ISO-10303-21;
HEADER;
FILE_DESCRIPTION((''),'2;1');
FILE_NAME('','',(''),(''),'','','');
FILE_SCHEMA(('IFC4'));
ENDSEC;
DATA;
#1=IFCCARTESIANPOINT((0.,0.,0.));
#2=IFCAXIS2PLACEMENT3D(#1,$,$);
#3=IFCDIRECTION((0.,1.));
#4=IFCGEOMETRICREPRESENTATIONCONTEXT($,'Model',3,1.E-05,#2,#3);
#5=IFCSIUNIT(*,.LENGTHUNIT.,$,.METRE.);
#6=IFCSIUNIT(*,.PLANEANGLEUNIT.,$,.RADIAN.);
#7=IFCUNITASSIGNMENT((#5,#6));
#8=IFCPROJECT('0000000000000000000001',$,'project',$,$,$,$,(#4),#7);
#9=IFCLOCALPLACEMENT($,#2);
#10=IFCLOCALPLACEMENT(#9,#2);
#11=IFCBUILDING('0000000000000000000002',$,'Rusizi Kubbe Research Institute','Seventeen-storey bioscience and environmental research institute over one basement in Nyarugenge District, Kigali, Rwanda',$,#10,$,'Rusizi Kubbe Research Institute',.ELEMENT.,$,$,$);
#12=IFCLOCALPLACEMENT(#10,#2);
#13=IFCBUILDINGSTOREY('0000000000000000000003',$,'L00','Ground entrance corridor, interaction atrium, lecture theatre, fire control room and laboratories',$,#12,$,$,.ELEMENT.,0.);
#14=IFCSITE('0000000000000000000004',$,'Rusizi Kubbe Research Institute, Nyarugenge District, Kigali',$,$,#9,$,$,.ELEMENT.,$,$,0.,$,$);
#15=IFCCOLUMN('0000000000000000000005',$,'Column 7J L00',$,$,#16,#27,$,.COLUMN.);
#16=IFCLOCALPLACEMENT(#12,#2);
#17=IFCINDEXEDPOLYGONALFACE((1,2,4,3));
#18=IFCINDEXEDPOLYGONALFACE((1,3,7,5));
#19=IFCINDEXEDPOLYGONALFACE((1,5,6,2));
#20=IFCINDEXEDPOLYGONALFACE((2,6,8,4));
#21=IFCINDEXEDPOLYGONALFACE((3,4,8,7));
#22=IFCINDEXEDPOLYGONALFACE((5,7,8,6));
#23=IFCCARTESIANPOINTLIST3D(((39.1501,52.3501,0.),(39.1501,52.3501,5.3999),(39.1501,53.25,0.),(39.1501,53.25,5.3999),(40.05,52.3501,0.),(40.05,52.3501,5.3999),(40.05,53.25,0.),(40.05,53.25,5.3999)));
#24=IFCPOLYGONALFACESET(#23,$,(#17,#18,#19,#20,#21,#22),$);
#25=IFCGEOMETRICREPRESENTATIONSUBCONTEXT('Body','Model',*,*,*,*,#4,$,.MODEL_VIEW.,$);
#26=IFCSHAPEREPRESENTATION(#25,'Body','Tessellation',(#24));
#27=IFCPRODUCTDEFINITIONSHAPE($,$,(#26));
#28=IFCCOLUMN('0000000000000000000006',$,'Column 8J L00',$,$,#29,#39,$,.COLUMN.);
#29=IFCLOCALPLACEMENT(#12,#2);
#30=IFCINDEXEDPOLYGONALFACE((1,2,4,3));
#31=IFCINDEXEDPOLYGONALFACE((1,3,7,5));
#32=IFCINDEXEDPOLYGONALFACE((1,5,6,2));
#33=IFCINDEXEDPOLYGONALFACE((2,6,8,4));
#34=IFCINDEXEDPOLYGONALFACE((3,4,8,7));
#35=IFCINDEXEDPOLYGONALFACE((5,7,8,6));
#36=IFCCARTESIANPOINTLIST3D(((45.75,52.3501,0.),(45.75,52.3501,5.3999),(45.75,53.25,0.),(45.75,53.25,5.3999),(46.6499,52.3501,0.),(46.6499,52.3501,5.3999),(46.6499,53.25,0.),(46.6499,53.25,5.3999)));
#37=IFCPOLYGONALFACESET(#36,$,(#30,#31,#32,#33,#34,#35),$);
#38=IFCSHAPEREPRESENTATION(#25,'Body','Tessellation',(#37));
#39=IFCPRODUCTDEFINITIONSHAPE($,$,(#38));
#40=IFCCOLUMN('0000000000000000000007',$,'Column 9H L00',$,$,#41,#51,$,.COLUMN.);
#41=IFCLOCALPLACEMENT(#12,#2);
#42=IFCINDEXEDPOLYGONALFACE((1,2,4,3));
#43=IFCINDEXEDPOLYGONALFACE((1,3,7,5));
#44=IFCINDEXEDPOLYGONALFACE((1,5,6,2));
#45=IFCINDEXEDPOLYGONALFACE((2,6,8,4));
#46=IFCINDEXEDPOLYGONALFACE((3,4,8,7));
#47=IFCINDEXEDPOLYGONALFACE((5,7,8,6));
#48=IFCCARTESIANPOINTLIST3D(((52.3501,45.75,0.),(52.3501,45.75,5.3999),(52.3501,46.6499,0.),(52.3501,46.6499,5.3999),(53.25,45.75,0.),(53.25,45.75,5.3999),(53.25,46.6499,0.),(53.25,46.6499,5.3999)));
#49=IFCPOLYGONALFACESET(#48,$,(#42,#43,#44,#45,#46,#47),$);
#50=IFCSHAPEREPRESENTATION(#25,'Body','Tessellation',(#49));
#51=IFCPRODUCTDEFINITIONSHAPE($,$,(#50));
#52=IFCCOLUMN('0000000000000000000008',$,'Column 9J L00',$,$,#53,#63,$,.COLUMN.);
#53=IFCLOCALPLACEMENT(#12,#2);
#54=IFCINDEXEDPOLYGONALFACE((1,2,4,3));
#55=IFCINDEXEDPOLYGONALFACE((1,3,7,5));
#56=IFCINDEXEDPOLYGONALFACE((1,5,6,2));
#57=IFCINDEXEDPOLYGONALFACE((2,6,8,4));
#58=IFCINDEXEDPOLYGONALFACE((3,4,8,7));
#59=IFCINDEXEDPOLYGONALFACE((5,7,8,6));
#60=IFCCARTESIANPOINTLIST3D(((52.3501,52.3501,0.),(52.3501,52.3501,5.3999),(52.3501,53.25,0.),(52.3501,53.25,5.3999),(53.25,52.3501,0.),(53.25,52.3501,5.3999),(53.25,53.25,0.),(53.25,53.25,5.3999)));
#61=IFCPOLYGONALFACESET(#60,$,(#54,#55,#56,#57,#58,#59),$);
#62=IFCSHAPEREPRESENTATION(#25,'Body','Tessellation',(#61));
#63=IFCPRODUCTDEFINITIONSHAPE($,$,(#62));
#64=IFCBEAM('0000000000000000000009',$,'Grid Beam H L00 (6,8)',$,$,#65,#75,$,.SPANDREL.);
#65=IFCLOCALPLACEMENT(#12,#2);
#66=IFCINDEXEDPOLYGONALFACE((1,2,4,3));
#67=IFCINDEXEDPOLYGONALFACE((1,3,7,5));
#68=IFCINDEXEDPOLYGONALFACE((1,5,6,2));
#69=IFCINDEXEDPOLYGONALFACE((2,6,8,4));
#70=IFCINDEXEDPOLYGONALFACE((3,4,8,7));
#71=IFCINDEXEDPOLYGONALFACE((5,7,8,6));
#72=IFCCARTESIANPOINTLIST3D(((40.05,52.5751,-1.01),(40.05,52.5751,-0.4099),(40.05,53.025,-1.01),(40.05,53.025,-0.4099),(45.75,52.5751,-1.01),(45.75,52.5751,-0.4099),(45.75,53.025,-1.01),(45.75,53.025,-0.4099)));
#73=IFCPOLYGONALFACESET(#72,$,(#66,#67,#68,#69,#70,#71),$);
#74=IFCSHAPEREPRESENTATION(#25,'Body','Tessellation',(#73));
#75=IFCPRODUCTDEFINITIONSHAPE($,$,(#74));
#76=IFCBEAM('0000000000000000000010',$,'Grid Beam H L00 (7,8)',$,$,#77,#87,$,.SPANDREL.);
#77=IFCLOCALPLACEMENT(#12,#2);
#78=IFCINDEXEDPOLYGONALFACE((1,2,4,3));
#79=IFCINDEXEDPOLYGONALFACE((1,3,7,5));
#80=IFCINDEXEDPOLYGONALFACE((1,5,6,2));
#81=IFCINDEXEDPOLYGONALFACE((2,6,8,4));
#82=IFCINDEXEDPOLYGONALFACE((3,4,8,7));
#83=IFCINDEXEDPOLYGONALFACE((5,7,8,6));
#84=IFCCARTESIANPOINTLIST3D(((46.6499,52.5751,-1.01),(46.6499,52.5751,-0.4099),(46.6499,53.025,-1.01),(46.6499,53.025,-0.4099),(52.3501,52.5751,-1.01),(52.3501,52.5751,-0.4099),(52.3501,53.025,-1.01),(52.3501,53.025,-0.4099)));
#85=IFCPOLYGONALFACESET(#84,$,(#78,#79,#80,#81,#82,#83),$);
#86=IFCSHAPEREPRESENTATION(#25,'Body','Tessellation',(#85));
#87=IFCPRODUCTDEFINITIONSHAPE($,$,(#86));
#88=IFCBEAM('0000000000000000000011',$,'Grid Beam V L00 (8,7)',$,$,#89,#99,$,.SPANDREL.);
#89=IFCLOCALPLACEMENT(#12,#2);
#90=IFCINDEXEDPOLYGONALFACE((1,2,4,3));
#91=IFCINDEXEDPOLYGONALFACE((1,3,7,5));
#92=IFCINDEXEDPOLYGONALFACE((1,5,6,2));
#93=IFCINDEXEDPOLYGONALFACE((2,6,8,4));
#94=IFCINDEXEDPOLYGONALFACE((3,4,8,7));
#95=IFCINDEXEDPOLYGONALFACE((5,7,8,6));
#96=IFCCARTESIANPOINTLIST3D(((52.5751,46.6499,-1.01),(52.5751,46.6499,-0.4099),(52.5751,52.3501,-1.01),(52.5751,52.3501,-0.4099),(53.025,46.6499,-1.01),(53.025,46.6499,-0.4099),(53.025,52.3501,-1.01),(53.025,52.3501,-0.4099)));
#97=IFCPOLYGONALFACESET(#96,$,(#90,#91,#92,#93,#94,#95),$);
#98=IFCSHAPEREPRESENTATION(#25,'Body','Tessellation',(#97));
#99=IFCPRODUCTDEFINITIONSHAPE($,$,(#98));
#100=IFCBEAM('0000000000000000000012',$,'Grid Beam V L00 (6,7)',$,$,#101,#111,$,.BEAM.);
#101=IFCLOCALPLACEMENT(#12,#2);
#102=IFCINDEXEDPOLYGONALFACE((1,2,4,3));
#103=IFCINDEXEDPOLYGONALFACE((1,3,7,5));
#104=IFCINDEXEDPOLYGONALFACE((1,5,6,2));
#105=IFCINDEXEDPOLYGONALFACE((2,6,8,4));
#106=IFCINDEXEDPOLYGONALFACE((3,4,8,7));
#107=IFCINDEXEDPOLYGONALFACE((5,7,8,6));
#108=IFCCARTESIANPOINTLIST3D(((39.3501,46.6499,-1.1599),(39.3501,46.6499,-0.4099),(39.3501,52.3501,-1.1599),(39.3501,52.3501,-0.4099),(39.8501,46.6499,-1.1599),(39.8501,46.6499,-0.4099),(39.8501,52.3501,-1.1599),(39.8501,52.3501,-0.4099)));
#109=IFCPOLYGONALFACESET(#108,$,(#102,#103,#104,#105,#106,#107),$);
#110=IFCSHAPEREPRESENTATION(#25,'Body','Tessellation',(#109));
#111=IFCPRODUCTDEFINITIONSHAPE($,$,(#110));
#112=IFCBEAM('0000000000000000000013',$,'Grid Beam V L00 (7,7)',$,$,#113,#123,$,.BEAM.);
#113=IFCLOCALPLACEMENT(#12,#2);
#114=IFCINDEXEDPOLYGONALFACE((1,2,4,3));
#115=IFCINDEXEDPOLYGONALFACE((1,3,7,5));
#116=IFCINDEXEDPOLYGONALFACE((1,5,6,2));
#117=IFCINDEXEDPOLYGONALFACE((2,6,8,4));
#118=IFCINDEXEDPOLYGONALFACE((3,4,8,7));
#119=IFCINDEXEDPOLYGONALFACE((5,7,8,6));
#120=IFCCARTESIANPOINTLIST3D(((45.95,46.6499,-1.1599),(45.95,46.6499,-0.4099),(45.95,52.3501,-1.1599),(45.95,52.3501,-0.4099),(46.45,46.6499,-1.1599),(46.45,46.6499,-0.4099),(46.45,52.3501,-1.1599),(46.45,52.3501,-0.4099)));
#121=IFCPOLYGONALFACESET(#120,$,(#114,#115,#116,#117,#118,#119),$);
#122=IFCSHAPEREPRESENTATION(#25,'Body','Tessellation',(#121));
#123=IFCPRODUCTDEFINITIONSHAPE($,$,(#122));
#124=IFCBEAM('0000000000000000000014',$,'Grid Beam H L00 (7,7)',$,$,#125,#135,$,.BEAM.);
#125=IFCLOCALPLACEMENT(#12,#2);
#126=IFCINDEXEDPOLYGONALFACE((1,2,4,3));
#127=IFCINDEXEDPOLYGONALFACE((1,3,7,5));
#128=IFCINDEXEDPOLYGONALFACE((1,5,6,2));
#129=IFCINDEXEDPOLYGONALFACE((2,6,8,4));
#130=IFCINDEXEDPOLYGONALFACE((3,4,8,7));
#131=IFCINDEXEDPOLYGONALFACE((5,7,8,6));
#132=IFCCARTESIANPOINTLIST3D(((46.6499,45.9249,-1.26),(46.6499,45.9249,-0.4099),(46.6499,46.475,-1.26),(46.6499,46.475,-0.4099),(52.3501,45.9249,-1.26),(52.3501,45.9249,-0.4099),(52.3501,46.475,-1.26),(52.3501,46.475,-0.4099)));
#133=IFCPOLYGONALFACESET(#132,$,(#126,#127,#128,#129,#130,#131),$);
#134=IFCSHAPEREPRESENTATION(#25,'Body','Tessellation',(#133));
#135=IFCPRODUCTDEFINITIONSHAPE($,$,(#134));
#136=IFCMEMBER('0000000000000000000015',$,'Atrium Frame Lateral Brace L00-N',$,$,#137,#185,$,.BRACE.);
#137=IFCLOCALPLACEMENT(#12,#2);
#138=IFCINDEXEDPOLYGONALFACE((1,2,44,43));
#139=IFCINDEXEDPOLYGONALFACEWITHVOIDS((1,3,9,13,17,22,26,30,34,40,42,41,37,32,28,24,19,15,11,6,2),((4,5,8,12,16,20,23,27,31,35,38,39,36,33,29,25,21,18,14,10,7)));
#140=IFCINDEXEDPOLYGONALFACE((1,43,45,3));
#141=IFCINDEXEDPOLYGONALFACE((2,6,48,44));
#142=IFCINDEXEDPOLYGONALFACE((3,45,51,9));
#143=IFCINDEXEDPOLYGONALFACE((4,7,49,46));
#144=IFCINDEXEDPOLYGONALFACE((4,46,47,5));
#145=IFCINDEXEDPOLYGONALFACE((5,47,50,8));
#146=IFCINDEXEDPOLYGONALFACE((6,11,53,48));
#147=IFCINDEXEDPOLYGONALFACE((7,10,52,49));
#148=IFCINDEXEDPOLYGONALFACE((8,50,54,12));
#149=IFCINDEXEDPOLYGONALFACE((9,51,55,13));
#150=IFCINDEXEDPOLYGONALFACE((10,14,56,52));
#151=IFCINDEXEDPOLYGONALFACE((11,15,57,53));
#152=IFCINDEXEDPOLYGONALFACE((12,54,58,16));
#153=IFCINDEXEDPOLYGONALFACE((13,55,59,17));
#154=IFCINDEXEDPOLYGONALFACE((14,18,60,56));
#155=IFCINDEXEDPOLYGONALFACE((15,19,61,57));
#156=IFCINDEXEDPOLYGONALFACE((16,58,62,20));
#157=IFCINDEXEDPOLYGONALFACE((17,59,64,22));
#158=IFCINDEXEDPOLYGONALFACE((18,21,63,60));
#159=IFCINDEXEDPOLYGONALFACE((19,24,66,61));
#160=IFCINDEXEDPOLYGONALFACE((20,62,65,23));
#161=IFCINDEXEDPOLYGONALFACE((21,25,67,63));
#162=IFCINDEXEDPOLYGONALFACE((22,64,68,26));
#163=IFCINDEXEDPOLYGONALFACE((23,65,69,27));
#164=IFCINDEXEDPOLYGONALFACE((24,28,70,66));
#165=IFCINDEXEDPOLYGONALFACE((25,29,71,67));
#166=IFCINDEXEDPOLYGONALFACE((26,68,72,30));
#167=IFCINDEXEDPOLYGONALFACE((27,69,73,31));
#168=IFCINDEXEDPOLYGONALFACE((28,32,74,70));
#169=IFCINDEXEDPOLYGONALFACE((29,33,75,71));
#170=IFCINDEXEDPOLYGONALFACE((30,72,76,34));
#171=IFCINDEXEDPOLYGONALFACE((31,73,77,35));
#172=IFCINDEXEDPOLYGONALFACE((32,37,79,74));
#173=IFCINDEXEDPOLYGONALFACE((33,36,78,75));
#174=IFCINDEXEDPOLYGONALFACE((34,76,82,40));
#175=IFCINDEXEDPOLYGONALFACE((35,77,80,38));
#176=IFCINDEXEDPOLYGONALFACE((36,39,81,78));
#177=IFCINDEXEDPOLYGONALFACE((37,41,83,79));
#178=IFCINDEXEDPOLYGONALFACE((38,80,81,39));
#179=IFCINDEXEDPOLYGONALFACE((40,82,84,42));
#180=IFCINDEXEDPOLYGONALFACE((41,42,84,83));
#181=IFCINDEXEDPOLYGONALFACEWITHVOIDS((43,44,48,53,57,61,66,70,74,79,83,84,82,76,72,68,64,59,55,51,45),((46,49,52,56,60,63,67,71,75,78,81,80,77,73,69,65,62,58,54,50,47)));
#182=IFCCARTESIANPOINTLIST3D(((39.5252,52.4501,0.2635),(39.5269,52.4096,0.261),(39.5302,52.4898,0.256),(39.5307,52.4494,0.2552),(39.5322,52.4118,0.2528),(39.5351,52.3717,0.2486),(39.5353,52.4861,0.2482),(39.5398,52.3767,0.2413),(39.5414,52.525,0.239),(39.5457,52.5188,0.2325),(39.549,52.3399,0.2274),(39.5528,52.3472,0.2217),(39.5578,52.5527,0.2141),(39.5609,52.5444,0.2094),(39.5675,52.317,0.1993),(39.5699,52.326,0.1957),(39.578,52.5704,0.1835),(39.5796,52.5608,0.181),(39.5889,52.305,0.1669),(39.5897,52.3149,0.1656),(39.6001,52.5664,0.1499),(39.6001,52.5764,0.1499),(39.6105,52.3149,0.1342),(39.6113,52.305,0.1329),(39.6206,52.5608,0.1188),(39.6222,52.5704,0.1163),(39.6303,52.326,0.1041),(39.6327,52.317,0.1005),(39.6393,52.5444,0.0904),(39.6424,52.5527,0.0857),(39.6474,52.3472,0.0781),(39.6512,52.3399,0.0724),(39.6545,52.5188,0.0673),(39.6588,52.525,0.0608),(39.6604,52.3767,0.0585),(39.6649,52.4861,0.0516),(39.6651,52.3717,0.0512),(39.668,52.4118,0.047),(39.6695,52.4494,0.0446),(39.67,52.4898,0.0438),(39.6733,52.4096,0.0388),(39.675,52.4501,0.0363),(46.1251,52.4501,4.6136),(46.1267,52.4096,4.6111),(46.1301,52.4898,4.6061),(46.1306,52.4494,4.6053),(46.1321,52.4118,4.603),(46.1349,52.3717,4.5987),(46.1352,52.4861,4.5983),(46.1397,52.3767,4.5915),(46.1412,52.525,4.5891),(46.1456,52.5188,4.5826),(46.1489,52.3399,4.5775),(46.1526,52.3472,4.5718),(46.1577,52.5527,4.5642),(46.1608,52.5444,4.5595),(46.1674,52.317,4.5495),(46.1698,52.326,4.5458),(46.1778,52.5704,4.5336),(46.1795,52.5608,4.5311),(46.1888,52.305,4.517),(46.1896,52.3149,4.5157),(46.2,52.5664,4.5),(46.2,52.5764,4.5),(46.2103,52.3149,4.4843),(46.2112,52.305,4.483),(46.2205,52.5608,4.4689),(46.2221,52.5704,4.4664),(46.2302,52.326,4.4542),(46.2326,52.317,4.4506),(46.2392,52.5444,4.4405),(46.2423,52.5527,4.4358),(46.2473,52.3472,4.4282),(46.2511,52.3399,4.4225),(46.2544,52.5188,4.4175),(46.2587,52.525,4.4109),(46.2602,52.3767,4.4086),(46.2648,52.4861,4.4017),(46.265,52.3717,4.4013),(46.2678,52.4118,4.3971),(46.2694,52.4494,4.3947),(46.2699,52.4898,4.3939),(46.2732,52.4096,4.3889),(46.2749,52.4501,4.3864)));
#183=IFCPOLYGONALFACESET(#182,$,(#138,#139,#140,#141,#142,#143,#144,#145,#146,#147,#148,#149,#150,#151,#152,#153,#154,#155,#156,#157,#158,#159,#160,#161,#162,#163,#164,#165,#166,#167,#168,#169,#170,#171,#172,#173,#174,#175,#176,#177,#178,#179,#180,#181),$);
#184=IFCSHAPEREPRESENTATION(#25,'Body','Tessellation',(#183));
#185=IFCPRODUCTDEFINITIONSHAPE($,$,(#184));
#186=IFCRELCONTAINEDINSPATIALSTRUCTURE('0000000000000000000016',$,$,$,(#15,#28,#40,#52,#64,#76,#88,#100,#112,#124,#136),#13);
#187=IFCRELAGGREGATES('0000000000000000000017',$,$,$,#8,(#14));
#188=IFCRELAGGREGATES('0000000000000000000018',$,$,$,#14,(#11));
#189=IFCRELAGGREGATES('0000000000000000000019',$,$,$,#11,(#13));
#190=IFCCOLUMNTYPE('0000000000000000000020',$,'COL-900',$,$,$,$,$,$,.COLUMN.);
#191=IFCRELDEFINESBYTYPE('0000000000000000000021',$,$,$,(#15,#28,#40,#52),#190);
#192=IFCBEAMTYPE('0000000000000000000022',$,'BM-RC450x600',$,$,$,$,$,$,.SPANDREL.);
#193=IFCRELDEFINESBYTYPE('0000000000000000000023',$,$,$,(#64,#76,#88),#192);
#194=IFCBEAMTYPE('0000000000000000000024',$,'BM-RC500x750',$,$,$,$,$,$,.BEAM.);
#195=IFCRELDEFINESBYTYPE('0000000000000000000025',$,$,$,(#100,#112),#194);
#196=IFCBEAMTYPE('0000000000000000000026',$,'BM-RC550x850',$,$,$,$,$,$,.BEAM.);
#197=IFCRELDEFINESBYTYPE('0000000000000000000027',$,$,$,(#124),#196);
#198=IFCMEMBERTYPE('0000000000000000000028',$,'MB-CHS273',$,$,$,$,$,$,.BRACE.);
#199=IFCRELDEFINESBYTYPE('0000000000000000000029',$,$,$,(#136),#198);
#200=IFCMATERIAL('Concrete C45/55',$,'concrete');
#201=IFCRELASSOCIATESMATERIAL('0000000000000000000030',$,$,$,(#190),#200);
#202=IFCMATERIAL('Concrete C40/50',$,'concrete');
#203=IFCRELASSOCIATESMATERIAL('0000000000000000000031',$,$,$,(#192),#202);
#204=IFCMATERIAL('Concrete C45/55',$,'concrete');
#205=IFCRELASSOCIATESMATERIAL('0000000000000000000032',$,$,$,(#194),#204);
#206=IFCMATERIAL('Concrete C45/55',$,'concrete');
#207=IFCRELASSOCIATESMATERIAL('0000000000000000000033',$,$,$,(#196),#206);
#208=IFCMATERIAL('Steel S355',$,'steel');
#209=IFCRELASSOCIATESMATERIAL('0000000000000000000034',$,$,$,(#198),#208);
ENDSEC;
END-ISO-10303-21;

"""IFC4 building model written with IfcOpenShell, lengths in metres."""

from ifc_helpers import new_model, si_unit, direction, frame, origin, origin_2d, place, context, subcontext, project, spatial, rectangle, hollow_circle, extrude, material, material_profile, profile_set, type_object, element, save


model = new_model("IFC4")

# Units and contexts
model_context = context("Model", 3, precision=1e-05, world=origin(), true_north=direction((0.0, 1.0)))
body_context = subcontext(model_context, "Body", "Model", "MODEL_VIEW")
ifc_project = project(units=[si_unit("LENGTHUNIT", "METRE"), si_unit("PLANEANGLEUNIT", "RADIAN")], contexts=[model_context])

# Site, building, storey
site_placement = place(None, origin())
site = spatial("IfcSite", under=ifc_project, at=site_placement, Name="Rusizi Kubbe Research Institute, Nyarugenge District, Kigali", CompositionType="ELEMENT", RefElevation=0.0)
building_placement = place(site_placement, origin())
building = spatial("IfcBuilding", under=site, at=building_placement, Name="Rusizi Kubbe Research Institute", Description="Seventeen-storey bioscience and environmental research institute over one basement in Nyarugenge District, Kigali, Rwanda", LongName="Rusizi Kubbe Research Institute", CompositionType="ELEMENT")
storey_placement = place(building_placement, origin())
storey = spatial("IfcBuildingStorey", under=building, at=storey_placement, Name="L00", Description="Ground entrance corridor, interaction atrium, lecture theatre, fire control room and laboratories", CompositionType="ELEMENT", Elevation=0.0)

# Columns
ifc_material_1 = material(Name="Concrete C45/55", Category="concrete")
ifc_material_profile_1 = material_profile(ifc_material_1, rectangle(XDim=0.8999, YDim=0.8999, at=origin_2d()), Name="RC900x900")
ifc_profile_set_1 = profile_set([ifc_material_profile_1], Name="Concrete C45/55")
column_type = type_object("IfcColumnType", Name="COL-900", PredefinedType="COLUMN", material=ifc_profile_set_1)
for number, where, z_axis, x_axis, name in (
    (1, (39.6001, 52.8, 0.0), (0.0, 0.0, 1.0), (1.0, 0.0, 0.0), "Column 7J L00"),
    (2, (46.2, 52.8, 0.0), (0.0, 0.0, 1.0), (1.0, 0.0, 0.0), "Column 8J L00"),
    (3, (52.8, 46.2, 0.0), (0.0, 0.0, 1.0), (1.0, 0.0, 0.0), "Column 9H L00"),
    (4, (52.8, 52.8, 0.0), (0.0, 0.0, 1.0), (1.0, 0.0, 0.0), "Column 9J L00"),
):
    element("IfcColumn", number, at=place(storey_placement, frame(where, z_axis=z_axis, x_axis=x_axis)), inside=storey, type_object=column_type, Name=name, PredefinedType="COLUMN", context=body_context, shape_type="SweptSolid", body=[
        extrude(rectangle(XDim=0.8999, YDim=0.8999, at=origin_2d()), origin(), (0.0, 0.0, 1.0), 5.3999),
    ])

# Beams
ifc_material_2 = material(Name="Concrete C40/50", Category="concrete")
ifc_material_profile_2 = material_profile(ifc_material_2, rectangle(XDim=0.45, YDim=0.6001, at=origin_2d()), Name="RC450x600")
ifc_profile_set_2 = profile_set([ifc_material_profile_2], Name="Concrete C40/50")
beam_type_1 = type_object("IfcBeamType", Name="BM-RC450x600", PredefinedType="SPANDREL", material=ifc_profile_set_2)
beam_1_placement = place(storey_placement, frame((40.05, 52.8, -0.71), z_axis=(1.0, 0.0, 0.0), x_axis=(0.0, 1.0, 0.0)))
element("IfcBeam", 5, at=beam_1_placement, inside=storey, type_object=beam_type_1, Name="Grid Beam H L00 (6,8)", PredefinedType="SPANDREL", context=body_context, shape_type="SweptSolid", body=[
    extrude(rectangle(XDim=0.45, YDim=0.6001, at=origin_2d()), origin(), (0.0, 0.0, 1.0), 5.7),
])
for number, where, z_axis, x_axis, name in (
    (6, (46.6499, 52.8, -0.71), (1.0, 0.0, 0.0), (0.0, 1.0, 0.0), "Grid Beam H L00 (7,8)"),
    (7, (52.8, 46.6499, -0.71), (0.0, 1.0, 0.0), (-1.0, 0.0, 0.0), "Grid Beam V L00 (8,7)"),
):
    element("IfcBeam", number, at=place(storey_placement, frame(where, z_axis=z_axis, x_axis=x_axis)), inside=storey, type_object=beam_type_1, Name=name, PredefinedType="SPANDREL", context=body_context, shape_type="SweptSolid", body=[
        extrude(rectangle(XDim=0.45, YDim=0.6001, at=origin_2d()), origin(), (0.0, 0.0, 1.0), 5.7002),
    ])
ifc_material_3 = material(Name="Concrete C45/55", Category="concrete")
ifc_material_profile_3 = material_profile(ifc_material_3, rectangle(XDim=0.5, YDim=0.75, at=origin_2d()), Name="RC500x750B")
ifc_profile_set_3 = profile_set([ifc_material_profile_3], Name="Concrete C45/55")
beam_type_2 = type_object("IfcBeamType", Name="BM-RC500x750", PredefinedType="BEAM", material=ifc_profile_set_3)
for number, where, z_axis, x_axis, name in (
    (8, (39.6001, 46.6499, -0.7849), (0.0, 1.0, 0.0), (-1.0, 0.0, 0.0), "Grid Beam V L00 (6,7)"),
    (9, (46.2, 46.6499, -0.7849), (0.0, 1.0, 0.0), (-1.0, 0.0, 0.0), "Grid Beam V L00 (7,7)"),
):
    element("IfcBeam", number, at=place(storey_placement, frame(where, z_axis=z_axis, x_axis=x_axis)), inside=storey, type_object=beam_type_2, Name=name, PredefinedType="BEAM", context=body_context, shape_type="SweptSolid", body=[
        extrude(rectangle(XDim=0.5, YDim=0.75, at=origin_2d()), origin(), (0.0, 0.0, 1.0), 5.7002),
    ])
ifc_material_4 = material(Name="Concrete C45/55", Category="concrete")
ifc_material_profile_4 = material_profile(ifc_material_4, rectangle(XDim=0.55, YDim=0.8501, at=origin_2d()), Name="RC550x850")
ifc_profile_set_4 = profile_set([ifc_material_profile_4], Name="Concrete C45/55")
beam_type_3 = type_object("IfcBeamType", Name="BM-RC550x850", PredefinedType="BEAM", material=ifc_profile_set_4)
beam_2_placement = place(storey_placement, frame((46.6499, 46.2, -0.835), z_axis=(1.0, 0.0, 0.0), x_axis=(0.0, 1.0, 0.0)))
element("IfcBeam", 10, at=beam_2_placement, inside=storey, type_object=beam_type_3, Name="Grid Beam H L00 (7,7)", PredefinedType="BEAM", context=body_context, shape_type="SweptSolid", body=[
    extrude(rectangle(XDim=0.55, YDim=0.8501, at=origin_2d()), origin(), (0.0, 0.0, 1.0), 5.7002),
])

# Member
ifc_material_5 = material(Name="Steel S355", Category="steel")
ifc_material_profile_5 = material_profile(ifc_material_5, hollow_circle(Radius=0.1365, WallThickness=0.01, at=origin_2d()), Name="CHS 273.0x10.0")
ifc_profile_set_5 = profile_set([ifc_material_profile_5], Name="Steel S355")
member_type = type_object("IfcMemberType", Name="MB-CHS273", PredefinedType="BRACE", material=ifc_profile_set_5)
member_1_placement = place(storey_placement, frame((39.6001, 52.4399, 0.1499), z_axis=(0.834947, 0.0, 0.55033), x_axis=(0.0, 1.0, 0.0)))
element("IfcMember", 11, at=member_1_placement, inside=storey, type_object=member_type, Name="Atrium Frame Lateral Brace L00-N", PredefinedType="BRACE", context=body_context, shape_type="SweptSolid", body=[
    extrude(hollow_circle(Radius=0.1365, WallThickness=0.01, at=origin_2d()), origin(), (0.0, 0.0, 1.0), 7.9045),
])

save(model, "model.ifc")
